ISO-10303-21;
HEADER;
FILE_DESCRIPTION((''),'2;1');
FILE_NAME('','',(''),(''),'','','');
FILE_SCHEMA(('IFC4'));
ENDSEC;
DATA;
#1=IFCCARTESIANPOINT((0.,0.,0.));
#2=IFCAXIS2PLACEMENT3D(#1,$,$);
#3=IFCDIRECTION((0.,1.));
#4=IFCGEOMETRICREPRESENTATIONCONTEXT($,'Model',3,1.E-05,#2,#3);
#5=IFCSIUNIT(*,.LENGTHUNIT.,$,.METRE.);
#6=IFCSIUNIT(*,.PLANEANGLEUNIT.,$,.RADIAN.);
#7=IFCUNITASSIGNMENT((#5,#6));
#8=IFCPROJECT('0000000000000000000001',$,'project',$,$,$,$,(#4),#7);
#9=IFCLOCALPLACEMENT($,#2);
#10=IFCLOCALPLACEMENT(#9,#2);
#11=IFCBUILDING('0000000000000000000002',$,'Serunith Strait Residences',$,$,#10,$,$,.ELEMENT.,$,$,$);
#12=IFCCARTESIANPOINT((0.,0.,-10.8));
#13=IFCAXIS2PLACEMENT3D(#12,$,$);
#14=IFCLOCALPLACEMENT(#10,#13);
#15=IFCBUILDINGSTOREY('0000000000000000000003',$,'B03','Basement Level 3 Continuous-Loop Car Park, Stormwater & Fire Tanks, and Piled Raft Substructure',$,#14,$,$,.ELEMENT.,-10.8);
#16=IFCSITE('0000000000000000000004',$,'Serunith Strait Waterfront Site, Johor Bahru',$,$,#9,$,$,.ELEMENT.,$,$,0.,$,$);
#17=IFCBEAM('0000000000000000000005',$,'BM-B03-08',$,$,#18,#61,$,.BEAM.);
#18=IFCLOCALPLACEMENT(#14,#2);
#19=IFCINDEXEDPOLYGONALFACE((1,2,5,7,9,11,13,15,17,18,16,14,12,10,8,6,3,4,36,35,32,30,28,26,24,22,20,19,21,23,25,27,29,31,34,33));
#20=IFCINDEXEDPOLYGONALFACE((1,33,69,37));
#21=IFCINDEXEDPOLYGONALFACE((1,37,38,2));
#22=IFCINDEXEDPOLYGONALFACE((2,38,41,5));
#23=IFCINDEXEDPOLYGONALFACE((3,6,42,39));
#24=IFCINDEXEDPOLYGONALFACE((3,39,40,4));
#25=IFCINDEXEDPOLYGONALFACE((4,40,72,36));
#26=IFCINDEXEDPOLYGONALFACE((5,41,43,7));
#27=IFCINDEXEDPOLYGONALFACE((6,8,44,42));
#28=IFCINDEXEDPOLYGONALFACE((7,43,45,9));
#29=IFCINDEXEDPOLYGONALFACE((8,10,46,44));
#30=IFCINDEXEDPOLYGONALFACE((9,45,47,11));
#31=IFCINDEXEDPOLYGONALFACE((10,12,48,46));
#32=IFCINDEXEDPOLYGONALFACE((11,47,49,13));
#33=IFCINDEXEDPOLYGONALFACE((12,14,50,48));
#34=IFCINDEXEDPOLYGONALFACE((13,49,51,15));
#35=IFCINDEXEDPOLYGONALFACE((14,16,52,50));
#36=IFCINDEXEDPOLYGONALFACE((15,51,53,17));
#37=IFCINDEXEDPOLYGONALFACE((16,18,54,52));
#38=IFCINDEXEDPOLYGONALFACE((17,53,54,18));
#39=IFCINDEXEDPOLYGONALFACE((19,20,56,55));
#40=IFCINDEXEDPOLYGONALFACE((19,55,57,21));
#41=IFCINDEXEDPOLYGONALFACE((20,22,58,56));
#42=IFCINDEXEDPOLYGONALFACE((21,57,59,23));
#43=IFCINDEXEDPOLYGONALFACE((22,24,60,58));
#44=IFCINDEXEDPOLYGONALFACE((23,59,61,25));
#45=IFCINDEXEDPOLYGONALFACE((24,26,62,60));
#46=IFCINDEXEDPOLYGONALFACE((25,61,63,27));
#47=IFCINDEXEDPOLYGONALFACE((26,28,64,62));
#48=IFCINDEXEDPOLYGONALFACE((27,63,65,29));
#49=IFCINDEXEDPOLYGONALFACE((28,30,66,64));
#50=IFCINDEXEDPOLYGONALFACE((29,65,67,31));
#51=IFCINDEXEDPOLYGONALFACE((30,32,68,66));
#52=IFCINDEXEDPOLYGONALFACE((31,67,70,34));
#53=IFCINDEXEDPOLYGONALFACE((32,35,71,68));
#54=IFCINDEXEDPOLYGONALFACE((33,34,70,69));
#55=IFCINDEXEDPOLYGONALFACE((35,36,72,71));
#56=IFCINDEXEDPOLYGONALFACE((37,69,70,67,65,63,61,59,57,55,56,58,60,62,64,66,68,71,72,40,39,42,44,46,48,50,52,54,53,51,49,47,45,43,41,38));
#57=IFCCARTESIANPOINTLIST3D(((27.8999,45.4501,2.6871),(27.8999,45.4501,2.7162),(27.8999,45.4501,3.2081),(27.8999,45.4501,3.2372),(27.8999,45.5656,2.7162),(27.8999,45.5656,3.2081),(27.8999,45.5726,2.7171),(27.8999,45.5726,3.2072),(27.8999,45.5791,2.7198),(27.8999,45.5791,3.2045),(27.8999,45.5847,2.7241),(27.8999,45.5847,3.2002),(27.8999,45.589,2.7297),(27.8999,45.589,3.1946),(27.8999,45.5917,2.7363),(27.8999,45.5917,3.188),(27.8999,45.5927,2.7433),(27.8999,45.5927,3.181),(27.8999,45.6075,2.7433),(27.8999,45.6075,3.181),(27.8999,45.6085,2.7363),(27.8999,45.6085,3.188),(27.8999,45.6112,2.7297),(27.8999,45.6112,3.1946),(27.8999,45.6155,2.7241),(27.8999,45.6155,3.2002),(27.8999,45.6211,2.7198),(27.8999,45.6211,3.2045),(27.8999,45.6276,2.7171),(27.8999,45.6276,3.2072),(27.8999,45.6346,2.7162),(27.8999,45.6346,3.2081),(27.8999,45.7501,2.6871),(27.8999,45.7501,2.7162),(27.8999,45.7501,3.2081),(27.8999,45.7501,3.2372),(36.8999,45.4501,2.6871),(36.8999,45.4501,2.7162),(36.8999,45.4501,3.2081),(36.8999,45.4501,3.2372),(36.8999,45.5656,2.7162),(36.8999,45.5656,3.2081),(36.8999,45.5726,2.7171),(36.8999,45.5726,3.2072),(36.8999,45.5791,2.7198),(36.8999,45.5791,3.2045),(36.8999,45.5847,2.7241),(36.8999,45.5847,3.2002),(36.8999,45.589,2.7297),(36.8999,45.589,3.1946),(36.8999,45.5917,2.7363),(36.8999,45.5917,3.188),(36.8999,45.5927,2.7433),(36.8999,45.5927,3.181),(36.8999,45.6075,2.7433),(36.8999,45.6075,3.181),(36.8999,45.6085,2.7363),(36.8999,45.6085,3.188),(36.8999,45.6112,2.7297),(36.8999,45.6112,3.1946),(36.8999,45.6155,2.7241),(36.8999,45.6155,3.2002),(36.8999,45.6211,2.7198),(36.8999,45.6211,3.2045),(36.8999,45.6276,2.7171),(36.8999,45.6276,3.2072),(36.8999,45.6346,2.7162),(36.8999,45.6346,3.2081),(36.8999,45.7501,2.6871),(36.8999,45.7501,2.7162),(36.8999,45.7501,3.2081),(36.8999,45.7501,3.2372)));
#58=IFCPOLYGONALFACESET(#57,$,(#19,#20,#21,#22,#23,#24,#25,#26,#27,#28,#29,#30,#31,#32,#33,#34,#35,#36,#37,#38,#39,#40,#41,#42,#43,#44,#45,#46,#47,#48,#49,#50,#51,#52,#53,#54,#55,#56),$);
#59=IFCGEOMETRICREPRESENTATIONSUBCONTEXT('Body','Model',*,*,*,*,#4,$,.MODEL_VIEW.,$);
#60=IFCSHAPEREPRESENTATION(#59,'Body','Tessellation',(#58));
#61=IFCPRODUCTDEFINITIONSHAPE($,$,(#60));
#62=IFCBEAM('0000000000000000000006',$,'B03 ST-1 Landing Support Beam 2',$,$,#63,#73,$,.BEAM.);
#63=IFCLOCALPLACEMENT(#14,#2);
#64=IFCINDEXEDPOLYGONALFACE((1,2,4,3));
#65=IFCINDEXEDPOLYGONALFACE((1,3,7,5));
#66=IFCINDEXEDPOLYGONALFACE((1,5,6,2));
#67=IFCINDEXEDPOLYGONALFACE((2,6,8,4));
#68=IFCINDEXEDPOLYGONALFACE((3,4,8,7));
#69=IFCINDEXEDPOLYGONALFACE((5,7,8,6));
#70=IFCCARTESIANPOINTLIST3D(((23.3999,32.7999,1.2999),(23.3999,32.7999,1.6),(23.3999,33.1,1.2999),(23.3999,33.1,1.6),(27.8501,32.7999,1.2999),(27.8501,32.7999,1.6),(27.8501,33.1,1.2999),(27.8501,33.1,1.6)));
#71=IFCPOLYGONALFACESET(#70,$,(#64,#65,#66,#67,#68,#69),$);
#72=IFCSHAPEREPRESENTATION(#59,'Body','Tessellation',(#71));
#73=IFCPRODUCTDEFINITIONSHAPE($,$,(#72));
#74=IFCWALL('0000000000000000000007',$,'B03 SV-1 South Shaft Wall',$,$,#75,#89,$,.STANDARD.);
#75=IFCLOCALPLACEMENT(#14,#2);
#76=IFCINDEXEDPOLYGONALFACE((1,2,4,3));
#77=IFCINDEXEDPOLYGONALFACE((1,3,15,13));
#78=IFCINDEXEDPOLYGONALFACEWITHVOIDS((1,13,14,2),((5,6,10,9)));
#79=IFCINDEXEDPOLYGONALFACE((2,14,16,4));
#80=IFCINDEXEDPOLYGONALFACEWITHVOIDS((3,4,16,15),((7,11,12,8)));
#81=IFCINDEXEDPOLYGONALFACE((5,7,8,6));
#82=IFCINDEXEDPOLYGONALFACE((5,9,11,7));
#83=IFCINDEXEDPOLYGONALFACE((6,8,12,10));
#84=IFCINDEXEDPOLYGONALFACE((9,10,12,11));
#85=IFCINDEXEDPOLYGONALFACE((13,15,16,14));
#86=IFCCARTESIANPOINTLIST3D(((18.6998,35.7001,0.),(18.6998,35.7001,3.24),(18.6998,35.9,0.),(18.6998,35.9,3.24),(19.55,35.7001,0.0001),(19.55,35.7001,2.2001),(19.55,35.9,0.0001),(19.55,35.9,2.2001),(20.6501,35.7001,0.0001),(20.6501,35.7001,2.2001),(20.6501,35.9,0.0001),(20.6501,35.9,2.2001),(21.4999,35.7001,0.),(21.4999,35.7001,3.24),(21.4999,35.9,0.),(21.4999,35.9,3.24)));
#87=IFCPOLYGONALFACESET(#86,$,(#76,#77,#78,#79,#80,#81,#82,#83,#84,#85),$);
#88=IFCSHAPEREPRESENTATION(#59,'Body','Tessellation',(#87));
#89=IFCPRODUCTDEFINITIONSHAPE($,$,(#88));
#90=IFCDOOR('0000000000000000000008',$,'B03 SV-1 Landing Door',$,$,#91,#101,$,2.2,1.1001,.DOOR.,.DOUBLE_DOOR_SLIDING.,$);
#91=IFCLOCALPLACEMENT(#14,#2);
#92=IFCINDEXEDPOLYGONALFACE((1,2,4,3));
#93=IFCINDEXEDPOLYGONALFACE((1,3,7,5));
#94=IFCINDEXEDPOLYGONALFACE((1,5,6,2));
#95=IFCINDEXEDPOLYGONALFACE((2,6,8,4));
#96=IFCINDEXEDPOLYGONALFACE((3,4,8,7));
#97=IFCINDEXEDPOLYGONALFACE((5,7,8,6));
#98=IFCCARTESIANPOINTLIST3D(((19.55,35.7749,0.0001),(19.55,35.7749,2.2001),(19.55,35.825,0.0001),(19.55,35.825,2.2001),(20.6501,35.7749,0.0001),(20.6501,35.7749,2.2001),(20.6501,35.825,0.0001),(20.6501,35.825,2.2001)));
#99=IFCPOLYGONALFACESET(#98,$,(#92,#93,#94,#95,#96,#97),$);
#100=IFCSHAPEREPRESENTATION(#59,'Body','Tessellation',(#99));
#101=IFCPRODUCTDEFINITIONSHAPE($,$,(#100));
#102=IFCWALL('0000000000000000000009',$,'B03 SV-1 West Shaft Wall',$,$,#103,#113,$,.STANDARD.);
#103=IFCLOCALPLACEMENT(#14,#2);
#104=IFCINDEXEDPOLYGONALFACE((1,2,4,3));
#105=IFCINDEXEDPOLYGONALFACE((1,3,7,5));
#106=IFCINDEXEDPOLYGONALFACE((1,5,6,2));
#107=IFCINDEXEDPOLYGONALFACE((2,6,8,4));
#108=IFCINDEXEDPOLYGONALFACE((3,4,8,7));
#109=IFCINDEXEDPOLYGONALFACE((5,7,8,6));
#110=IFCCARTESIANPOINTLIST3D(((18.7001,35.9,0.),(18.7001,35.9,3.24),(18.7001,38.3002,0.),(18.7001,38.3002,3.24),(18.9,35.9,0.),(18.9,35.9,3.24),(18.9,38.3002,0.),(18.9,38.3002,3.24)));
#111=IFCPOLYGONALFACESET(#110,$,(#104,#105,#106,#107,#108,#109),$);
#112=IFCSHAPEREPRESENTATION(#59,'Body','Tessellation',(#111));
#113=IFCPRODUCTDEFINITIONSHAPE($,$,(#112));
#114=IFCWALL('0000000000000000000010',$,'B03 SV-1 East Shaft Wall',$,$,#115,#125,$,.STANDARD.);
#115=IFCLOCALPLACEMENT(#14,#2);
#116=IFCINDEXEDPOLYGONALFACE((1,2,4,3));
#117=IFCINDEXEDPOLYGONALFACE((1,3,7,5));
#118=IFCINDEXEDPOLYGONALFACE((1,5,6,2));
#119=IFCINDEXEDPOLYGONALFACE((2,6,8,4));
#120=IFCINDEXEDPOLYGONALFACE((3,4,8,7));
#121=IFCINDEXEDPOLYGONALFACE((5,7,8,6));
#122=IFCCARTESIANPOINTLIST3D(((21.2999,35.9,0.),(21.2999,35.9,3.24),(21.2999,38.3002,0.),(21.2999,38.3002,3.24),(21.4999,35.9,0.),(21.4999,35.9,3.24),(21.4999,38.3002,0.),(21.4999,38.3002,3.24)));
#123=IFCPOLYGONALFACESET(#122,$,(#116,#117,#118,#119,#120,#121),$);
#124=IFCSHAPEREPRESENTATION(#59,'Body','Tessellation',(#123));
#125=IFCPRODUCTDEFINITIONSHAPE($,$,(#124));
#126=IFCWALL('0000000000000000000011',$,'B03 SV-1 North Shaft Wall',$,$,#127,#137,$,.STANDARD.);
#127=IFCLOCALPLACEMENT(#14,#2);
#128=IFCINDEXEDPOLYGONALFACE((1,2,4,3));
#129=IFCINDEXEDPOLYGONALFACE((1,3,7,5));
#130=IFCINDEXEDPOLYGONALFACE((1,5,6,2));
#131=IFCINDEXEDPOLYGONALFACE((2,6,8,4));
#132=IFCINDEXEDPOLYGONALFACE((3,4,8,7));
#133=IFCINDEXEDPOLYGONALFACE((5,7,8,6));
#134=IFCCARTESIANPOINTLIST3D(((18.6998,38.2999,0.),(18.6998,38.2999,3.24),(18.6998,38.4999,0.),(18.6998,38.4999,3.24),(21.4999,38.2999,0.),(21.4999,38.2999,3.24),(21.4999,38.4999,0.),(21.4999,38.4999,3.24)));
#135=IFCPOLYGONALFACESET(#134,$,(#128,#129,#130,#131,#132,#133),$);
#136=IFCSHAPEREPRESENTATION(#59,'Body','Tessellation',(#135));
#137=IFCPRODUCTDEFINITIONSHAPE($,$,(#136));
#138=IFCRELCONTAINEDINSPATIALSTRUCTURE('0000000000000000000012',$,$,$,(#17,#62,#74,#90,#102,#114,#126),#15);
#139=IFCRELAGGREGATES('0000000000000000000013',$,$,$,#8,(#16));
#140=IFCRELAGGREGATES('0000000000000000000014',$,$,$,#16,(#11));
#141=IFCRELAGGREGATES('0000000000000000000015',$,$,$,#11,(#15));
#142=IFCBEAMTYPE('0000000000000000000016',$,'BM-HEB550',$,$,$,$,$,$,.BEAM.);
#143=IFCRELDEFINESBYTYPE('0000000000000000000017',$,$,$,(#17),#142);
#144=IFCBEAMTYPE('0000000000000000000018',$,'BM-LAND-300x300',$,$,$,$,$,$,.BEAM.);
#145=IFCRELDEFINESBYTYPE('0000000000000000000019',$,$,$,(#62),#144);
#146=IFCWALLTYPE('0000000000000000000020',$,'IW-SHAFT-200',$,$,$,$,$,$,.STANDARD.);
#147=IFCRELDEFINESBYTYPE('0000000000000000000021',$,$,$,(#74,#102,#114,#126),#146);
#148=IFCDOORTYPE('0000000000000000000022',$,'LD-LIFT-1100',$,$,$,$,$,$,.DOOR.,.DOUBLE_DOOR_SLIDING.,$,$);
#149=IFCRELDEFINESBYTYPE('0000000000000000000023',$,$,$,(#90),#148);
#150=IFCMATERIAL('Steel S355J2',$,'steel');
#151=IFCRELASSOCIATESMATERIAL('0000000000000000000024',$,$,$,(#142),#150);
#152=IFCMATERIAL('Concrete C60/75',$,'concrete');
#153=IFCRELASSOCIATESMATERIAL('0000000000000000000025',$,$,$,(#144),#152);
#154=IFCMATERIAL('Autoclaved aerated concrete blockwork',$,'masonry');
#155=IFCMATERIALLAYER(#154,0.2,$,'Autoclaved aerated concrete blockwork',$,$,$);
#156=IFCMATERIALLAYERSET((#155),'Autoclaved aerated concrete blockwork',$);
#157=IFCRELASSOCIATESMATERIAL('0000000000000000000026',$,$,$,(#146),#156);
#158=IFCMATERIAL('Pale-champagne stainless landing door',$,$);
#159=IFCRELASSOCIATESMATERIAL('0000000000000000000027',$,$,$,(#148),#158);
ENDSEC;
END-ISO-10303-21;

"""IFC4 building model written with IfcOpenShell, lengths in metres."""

from ifc_helpers import new_model, si_unit, direction, frame, frame_2d, origin, origin_2d, place, context, subcontext, project, spatial, rectangle, i_section, extrude, source, transform, mapped, material, layer, layer_set, material_profile, profile_set, type_object, element, fill, save


model = new_model("IFC4")

# Units and contexts
model_context = context("Model", 3, precision=1e-05, world=origin(), true_north=direction((0.0, 1.0)))
body_context = subcontext(model_context, "Body", "Model", "MODEL_VIEW")
ifc_project = project(units=[si_unit("LENGTHUNIT", "METRE"), si_unit("PLANEANGLEUNIT", "RADIAN")], contexts=[model_context])

# Site, building, storey
site_placement = place(None, origin())
site = spatial("IfcSite", under=ifc_project, at=site_placement, Name="Serunith Strait Waterfront Site, Johor Bahru", CompositionType="ELEMENT", RefElevation=0.0)
building_placement = place(site_placement, origin())
building = spatial("IfcBuilding", under=site, at=building_placement, Name="Serunith Strait Residences", CompositionType="ELEMENT")
storey_placement = place(building_placement, frame((0.0, 0.0, -10.8)))
storey = spatial("IfcBuildingStorey", under=building, at=storey_placement, Name="B03", Description="Basement Level 3 Continuous-Loop Car Park, Stormwater & Fire Tanks, and Piled Raft Substructure", CompositionType="ELEMENT", Elevation=-10.8)

# Beams
ifc_material_1 = material(Name="Steel S355J2", Category="steel")
ifc_material_profile_1 = material_profile(ifc_material_1, i_section(OverallWidth=0.3, OverallDepth=0.55, WebThickness=0.0149, FlangeThickness=0.0291, FilletRadius=0.0271, at=origin_2d()), Name="HEB 550")
ifc_profile_set_1 = profile_set([ifc_material_profile_1], Name="Steel S355J2")
beam_type_1 = type_object("IfcBeamType", Name="BM-HEB550", PredefinedType="BEAM", material=ifc_profile_set_1)
shared_shape_1 = source(origin(), body_context, "Body", "SweptSolid", [
    extrude(i_section(OverallWidth=0.3, OverallDepth=0.55, WebThickness=0.0149, FlangeThickness=0.0291, FilletRadius=0.0271, at=origin_2d()), origin(), (0.0, 0.0, 1.0), 9.0),
])
beam_1_placement = place(storey_placement, frame((27.8999, 45.6001, 2.9622), z_axis=(1.0, 0.0, 0.0), x_axis=(0.0, 1.0, 0.0)))
element("IfcBeam", 1, at=beam_1_placement, inside=storey, type_object=beam_type_1, Name="BM-B03-08", PredefinedType="BEAM", context=body_context, shape_type="MappedRepresentation", body=[
    mapped(shared_shape_1, transform((0.0, 0.0, 0.0), scale=1.0)),
])
ifc_material_2 = material(Name="Concrete C60/75", Category="concrete")
ifc_material_profile_2 = material_profile(ifc_material_2, rectangle(XDim=0.3, YDim=0.3, at=origin_2d()), Name="RC 300x300")
ifc_profile_set_2 = profile_set([ifc_material_profile_2], Name="Concrete C60/75")
beam_type_2 = type_object("IfcBeamType", Name="BM-LAND-300x300", PredefinedType="BEAM", material=ifc_profile_set_2)
shared_shape_2 = source(origin(), body_context, "Body", "SweptSolid", [
    extrude(rectangle(XDim=0.3, YDim=0.3, at=origin_2d()), origin(), (0.0, 0.0, 1.0), 4.4502),
])
beam_2_placement = place(storey_placement, frame((23.3999, 32.95, 1.45), z_axis=(1.0, 0.0, 0.0), x_axis=(0.0, 1.0, 0.0)))
element("IfcBeam", 2, at=beam_2_placement, inside=storey, type_object=beam_type_2, Name="B03 ST-1 Landing Support Beam 2", PredefinedType="BEAM", context=body_context, shape_type="MappedRepresentation", body=[
    mapped(shared_shape_2, transform((0.0, 0.0, 0.0), scale=1.0)),
])

# Wall, opening, door
ifc_material_3 = material(Name="Autoclaved aerated concrete blockwork", Category="masonry")
ifc_layer = layer(ifc_material_3, 0.2, Name="Autoclaved aerated concrete blockwork")
ifc_layer_set = layer_set([ifc_layer], Name="Autoclaved aerated concrete blockwork")
wall_type = type_object("IfcWallType", Name="IW-SHAFT-200", PredefinedType="STANDARD", material=ifc_layer_set)
wall_1_placement = place(storey_placement, frame((18.7, 35.8, 0.0), z_axis=(0.0, 0.0, 1.0), x_axis=(1.0, 0.0, 0.0)))
wall_1 = element("IfcWall", 3, at=wall_1_placement, inside=storey, type_object=wall_type, Name="B03 SV-1 South Shaft Wall", PredefinedType="STANDARD", context=body_context, shape_type="SweptSolid", body=[
    extrude(rectangle(XDim=2.8, YDim=0.2, at=frame_2d((1.3999, 0.0))), origin(), (0.0, 0.0, 1.0), 3.24),
])
opening_placement = place(wall_1_placement, frame((0.8501, 0.0, 0.0)))
opening = element("IfcOpeningElement", 4, at=opening_placement, cuts=wall_1, PredefinedType="OPENING", context=body_context, shape_type="SweptSolid", body=[
    extrude(rectangle(XDim=1.1001, YDim=2.2, at=frame_2d((0.55, 1.1001))), frame((0.0, 0.1099, 0.0), z_axis=(0.0, -1.0, 0.0), x_axis=(1.0, 0.0, 0.0)), (0.0, 0.0, 1.0), 0.22),
])
ifc_material_4 = material(Name="Pale-champagne stainless landing door")
door_type = type_object("IfcDoorType", Name="LD-LIFT-1100", OperationType="DOUBLE_DOOR_SLIDING", PredefinedType="DOOR", material=ifc_material_4)
shared_shape_3 = source(origin(), body_context, "Body", "SweptSolid", [
    extrude(rectangle(XDim=1.1001, YDim=2.2, at=frame_2d((0.55, 1.1001))), frame((0.0, 0.0249, 0.0), z_axis=(0.0, -1.0, 0.0), x_axis=(1.0, 0.0, 0.0)), (0.0, 0.0, 1.0), 0.05),
])
door_placement = place(opening_placement, origin())
door = element("IfcDoor", 5, at=door_placement, inside=storey, type_object=door_type, Name="B03 SV-1 Landing Door", OperationType="DOUBLE_DOOR_SLIDING", OverallHeight=2.2, OverallWidth=1.1001, PredefinedType="DOOR", context=body_context, shape_type="MappedRepresentation", body=[
    mapped(shared_shape_3, transform((0.0, 0.0, 0.0), scale=1.0)),
])
fill(opening, door)

# Walls
for number, where, z_axis, x_axis, name in (
    (6, (18.8, 35.8999, 0.0), (0.0, 0.0, 1.0), (0.0, 1.0, 0.0), "B03 SV-1 West Shaft Wall"),
    (7, (21.3999, 35.8999, 0.0), (0.0, 0.0, 1.0), (0.0, 1.0, 0.0), "B03 SV-1 East Shaft Wall"),
):
    element("IfcWall", number, at=place(storey_placement, frame(where, z_axis=z_axis, x_axis=x_axis)), inside=storey, type_object=wall_type, Name=name, PredefinedType="STANDARD", context=body_context, shape_type="SweptSolid", body=[
        extrude(rectangle(XDim=2.4001, YDim=0.2, at=frame_2d((1.2002, 0.0))), origin(), (0.0, 0.0, 1.0), 3.24),
    ])
wall_2_placement = place(storey_placement, frame((18.7, 38.3999, 0.0), z_axis=(0.0, 0.0, 1.0), x_axis=(1.0, 0.0, 0.0)))
element("IfcWall", 8, at=wall_2_placement, inside=storey, type_object=wall_type, Name="B03 SV-1 North Shaft Wall", PredefinedType="STANDARD", context=body_context, shape_type="SweptSolid", body=[
    extrude(rectangle(XDim=2.8, YDim=0.2, at=frame_2d((1.3999, 0.0))), origin(), (0.0, 0.0, 1.0), 3.24),
])

save(model, "model.ifc")
